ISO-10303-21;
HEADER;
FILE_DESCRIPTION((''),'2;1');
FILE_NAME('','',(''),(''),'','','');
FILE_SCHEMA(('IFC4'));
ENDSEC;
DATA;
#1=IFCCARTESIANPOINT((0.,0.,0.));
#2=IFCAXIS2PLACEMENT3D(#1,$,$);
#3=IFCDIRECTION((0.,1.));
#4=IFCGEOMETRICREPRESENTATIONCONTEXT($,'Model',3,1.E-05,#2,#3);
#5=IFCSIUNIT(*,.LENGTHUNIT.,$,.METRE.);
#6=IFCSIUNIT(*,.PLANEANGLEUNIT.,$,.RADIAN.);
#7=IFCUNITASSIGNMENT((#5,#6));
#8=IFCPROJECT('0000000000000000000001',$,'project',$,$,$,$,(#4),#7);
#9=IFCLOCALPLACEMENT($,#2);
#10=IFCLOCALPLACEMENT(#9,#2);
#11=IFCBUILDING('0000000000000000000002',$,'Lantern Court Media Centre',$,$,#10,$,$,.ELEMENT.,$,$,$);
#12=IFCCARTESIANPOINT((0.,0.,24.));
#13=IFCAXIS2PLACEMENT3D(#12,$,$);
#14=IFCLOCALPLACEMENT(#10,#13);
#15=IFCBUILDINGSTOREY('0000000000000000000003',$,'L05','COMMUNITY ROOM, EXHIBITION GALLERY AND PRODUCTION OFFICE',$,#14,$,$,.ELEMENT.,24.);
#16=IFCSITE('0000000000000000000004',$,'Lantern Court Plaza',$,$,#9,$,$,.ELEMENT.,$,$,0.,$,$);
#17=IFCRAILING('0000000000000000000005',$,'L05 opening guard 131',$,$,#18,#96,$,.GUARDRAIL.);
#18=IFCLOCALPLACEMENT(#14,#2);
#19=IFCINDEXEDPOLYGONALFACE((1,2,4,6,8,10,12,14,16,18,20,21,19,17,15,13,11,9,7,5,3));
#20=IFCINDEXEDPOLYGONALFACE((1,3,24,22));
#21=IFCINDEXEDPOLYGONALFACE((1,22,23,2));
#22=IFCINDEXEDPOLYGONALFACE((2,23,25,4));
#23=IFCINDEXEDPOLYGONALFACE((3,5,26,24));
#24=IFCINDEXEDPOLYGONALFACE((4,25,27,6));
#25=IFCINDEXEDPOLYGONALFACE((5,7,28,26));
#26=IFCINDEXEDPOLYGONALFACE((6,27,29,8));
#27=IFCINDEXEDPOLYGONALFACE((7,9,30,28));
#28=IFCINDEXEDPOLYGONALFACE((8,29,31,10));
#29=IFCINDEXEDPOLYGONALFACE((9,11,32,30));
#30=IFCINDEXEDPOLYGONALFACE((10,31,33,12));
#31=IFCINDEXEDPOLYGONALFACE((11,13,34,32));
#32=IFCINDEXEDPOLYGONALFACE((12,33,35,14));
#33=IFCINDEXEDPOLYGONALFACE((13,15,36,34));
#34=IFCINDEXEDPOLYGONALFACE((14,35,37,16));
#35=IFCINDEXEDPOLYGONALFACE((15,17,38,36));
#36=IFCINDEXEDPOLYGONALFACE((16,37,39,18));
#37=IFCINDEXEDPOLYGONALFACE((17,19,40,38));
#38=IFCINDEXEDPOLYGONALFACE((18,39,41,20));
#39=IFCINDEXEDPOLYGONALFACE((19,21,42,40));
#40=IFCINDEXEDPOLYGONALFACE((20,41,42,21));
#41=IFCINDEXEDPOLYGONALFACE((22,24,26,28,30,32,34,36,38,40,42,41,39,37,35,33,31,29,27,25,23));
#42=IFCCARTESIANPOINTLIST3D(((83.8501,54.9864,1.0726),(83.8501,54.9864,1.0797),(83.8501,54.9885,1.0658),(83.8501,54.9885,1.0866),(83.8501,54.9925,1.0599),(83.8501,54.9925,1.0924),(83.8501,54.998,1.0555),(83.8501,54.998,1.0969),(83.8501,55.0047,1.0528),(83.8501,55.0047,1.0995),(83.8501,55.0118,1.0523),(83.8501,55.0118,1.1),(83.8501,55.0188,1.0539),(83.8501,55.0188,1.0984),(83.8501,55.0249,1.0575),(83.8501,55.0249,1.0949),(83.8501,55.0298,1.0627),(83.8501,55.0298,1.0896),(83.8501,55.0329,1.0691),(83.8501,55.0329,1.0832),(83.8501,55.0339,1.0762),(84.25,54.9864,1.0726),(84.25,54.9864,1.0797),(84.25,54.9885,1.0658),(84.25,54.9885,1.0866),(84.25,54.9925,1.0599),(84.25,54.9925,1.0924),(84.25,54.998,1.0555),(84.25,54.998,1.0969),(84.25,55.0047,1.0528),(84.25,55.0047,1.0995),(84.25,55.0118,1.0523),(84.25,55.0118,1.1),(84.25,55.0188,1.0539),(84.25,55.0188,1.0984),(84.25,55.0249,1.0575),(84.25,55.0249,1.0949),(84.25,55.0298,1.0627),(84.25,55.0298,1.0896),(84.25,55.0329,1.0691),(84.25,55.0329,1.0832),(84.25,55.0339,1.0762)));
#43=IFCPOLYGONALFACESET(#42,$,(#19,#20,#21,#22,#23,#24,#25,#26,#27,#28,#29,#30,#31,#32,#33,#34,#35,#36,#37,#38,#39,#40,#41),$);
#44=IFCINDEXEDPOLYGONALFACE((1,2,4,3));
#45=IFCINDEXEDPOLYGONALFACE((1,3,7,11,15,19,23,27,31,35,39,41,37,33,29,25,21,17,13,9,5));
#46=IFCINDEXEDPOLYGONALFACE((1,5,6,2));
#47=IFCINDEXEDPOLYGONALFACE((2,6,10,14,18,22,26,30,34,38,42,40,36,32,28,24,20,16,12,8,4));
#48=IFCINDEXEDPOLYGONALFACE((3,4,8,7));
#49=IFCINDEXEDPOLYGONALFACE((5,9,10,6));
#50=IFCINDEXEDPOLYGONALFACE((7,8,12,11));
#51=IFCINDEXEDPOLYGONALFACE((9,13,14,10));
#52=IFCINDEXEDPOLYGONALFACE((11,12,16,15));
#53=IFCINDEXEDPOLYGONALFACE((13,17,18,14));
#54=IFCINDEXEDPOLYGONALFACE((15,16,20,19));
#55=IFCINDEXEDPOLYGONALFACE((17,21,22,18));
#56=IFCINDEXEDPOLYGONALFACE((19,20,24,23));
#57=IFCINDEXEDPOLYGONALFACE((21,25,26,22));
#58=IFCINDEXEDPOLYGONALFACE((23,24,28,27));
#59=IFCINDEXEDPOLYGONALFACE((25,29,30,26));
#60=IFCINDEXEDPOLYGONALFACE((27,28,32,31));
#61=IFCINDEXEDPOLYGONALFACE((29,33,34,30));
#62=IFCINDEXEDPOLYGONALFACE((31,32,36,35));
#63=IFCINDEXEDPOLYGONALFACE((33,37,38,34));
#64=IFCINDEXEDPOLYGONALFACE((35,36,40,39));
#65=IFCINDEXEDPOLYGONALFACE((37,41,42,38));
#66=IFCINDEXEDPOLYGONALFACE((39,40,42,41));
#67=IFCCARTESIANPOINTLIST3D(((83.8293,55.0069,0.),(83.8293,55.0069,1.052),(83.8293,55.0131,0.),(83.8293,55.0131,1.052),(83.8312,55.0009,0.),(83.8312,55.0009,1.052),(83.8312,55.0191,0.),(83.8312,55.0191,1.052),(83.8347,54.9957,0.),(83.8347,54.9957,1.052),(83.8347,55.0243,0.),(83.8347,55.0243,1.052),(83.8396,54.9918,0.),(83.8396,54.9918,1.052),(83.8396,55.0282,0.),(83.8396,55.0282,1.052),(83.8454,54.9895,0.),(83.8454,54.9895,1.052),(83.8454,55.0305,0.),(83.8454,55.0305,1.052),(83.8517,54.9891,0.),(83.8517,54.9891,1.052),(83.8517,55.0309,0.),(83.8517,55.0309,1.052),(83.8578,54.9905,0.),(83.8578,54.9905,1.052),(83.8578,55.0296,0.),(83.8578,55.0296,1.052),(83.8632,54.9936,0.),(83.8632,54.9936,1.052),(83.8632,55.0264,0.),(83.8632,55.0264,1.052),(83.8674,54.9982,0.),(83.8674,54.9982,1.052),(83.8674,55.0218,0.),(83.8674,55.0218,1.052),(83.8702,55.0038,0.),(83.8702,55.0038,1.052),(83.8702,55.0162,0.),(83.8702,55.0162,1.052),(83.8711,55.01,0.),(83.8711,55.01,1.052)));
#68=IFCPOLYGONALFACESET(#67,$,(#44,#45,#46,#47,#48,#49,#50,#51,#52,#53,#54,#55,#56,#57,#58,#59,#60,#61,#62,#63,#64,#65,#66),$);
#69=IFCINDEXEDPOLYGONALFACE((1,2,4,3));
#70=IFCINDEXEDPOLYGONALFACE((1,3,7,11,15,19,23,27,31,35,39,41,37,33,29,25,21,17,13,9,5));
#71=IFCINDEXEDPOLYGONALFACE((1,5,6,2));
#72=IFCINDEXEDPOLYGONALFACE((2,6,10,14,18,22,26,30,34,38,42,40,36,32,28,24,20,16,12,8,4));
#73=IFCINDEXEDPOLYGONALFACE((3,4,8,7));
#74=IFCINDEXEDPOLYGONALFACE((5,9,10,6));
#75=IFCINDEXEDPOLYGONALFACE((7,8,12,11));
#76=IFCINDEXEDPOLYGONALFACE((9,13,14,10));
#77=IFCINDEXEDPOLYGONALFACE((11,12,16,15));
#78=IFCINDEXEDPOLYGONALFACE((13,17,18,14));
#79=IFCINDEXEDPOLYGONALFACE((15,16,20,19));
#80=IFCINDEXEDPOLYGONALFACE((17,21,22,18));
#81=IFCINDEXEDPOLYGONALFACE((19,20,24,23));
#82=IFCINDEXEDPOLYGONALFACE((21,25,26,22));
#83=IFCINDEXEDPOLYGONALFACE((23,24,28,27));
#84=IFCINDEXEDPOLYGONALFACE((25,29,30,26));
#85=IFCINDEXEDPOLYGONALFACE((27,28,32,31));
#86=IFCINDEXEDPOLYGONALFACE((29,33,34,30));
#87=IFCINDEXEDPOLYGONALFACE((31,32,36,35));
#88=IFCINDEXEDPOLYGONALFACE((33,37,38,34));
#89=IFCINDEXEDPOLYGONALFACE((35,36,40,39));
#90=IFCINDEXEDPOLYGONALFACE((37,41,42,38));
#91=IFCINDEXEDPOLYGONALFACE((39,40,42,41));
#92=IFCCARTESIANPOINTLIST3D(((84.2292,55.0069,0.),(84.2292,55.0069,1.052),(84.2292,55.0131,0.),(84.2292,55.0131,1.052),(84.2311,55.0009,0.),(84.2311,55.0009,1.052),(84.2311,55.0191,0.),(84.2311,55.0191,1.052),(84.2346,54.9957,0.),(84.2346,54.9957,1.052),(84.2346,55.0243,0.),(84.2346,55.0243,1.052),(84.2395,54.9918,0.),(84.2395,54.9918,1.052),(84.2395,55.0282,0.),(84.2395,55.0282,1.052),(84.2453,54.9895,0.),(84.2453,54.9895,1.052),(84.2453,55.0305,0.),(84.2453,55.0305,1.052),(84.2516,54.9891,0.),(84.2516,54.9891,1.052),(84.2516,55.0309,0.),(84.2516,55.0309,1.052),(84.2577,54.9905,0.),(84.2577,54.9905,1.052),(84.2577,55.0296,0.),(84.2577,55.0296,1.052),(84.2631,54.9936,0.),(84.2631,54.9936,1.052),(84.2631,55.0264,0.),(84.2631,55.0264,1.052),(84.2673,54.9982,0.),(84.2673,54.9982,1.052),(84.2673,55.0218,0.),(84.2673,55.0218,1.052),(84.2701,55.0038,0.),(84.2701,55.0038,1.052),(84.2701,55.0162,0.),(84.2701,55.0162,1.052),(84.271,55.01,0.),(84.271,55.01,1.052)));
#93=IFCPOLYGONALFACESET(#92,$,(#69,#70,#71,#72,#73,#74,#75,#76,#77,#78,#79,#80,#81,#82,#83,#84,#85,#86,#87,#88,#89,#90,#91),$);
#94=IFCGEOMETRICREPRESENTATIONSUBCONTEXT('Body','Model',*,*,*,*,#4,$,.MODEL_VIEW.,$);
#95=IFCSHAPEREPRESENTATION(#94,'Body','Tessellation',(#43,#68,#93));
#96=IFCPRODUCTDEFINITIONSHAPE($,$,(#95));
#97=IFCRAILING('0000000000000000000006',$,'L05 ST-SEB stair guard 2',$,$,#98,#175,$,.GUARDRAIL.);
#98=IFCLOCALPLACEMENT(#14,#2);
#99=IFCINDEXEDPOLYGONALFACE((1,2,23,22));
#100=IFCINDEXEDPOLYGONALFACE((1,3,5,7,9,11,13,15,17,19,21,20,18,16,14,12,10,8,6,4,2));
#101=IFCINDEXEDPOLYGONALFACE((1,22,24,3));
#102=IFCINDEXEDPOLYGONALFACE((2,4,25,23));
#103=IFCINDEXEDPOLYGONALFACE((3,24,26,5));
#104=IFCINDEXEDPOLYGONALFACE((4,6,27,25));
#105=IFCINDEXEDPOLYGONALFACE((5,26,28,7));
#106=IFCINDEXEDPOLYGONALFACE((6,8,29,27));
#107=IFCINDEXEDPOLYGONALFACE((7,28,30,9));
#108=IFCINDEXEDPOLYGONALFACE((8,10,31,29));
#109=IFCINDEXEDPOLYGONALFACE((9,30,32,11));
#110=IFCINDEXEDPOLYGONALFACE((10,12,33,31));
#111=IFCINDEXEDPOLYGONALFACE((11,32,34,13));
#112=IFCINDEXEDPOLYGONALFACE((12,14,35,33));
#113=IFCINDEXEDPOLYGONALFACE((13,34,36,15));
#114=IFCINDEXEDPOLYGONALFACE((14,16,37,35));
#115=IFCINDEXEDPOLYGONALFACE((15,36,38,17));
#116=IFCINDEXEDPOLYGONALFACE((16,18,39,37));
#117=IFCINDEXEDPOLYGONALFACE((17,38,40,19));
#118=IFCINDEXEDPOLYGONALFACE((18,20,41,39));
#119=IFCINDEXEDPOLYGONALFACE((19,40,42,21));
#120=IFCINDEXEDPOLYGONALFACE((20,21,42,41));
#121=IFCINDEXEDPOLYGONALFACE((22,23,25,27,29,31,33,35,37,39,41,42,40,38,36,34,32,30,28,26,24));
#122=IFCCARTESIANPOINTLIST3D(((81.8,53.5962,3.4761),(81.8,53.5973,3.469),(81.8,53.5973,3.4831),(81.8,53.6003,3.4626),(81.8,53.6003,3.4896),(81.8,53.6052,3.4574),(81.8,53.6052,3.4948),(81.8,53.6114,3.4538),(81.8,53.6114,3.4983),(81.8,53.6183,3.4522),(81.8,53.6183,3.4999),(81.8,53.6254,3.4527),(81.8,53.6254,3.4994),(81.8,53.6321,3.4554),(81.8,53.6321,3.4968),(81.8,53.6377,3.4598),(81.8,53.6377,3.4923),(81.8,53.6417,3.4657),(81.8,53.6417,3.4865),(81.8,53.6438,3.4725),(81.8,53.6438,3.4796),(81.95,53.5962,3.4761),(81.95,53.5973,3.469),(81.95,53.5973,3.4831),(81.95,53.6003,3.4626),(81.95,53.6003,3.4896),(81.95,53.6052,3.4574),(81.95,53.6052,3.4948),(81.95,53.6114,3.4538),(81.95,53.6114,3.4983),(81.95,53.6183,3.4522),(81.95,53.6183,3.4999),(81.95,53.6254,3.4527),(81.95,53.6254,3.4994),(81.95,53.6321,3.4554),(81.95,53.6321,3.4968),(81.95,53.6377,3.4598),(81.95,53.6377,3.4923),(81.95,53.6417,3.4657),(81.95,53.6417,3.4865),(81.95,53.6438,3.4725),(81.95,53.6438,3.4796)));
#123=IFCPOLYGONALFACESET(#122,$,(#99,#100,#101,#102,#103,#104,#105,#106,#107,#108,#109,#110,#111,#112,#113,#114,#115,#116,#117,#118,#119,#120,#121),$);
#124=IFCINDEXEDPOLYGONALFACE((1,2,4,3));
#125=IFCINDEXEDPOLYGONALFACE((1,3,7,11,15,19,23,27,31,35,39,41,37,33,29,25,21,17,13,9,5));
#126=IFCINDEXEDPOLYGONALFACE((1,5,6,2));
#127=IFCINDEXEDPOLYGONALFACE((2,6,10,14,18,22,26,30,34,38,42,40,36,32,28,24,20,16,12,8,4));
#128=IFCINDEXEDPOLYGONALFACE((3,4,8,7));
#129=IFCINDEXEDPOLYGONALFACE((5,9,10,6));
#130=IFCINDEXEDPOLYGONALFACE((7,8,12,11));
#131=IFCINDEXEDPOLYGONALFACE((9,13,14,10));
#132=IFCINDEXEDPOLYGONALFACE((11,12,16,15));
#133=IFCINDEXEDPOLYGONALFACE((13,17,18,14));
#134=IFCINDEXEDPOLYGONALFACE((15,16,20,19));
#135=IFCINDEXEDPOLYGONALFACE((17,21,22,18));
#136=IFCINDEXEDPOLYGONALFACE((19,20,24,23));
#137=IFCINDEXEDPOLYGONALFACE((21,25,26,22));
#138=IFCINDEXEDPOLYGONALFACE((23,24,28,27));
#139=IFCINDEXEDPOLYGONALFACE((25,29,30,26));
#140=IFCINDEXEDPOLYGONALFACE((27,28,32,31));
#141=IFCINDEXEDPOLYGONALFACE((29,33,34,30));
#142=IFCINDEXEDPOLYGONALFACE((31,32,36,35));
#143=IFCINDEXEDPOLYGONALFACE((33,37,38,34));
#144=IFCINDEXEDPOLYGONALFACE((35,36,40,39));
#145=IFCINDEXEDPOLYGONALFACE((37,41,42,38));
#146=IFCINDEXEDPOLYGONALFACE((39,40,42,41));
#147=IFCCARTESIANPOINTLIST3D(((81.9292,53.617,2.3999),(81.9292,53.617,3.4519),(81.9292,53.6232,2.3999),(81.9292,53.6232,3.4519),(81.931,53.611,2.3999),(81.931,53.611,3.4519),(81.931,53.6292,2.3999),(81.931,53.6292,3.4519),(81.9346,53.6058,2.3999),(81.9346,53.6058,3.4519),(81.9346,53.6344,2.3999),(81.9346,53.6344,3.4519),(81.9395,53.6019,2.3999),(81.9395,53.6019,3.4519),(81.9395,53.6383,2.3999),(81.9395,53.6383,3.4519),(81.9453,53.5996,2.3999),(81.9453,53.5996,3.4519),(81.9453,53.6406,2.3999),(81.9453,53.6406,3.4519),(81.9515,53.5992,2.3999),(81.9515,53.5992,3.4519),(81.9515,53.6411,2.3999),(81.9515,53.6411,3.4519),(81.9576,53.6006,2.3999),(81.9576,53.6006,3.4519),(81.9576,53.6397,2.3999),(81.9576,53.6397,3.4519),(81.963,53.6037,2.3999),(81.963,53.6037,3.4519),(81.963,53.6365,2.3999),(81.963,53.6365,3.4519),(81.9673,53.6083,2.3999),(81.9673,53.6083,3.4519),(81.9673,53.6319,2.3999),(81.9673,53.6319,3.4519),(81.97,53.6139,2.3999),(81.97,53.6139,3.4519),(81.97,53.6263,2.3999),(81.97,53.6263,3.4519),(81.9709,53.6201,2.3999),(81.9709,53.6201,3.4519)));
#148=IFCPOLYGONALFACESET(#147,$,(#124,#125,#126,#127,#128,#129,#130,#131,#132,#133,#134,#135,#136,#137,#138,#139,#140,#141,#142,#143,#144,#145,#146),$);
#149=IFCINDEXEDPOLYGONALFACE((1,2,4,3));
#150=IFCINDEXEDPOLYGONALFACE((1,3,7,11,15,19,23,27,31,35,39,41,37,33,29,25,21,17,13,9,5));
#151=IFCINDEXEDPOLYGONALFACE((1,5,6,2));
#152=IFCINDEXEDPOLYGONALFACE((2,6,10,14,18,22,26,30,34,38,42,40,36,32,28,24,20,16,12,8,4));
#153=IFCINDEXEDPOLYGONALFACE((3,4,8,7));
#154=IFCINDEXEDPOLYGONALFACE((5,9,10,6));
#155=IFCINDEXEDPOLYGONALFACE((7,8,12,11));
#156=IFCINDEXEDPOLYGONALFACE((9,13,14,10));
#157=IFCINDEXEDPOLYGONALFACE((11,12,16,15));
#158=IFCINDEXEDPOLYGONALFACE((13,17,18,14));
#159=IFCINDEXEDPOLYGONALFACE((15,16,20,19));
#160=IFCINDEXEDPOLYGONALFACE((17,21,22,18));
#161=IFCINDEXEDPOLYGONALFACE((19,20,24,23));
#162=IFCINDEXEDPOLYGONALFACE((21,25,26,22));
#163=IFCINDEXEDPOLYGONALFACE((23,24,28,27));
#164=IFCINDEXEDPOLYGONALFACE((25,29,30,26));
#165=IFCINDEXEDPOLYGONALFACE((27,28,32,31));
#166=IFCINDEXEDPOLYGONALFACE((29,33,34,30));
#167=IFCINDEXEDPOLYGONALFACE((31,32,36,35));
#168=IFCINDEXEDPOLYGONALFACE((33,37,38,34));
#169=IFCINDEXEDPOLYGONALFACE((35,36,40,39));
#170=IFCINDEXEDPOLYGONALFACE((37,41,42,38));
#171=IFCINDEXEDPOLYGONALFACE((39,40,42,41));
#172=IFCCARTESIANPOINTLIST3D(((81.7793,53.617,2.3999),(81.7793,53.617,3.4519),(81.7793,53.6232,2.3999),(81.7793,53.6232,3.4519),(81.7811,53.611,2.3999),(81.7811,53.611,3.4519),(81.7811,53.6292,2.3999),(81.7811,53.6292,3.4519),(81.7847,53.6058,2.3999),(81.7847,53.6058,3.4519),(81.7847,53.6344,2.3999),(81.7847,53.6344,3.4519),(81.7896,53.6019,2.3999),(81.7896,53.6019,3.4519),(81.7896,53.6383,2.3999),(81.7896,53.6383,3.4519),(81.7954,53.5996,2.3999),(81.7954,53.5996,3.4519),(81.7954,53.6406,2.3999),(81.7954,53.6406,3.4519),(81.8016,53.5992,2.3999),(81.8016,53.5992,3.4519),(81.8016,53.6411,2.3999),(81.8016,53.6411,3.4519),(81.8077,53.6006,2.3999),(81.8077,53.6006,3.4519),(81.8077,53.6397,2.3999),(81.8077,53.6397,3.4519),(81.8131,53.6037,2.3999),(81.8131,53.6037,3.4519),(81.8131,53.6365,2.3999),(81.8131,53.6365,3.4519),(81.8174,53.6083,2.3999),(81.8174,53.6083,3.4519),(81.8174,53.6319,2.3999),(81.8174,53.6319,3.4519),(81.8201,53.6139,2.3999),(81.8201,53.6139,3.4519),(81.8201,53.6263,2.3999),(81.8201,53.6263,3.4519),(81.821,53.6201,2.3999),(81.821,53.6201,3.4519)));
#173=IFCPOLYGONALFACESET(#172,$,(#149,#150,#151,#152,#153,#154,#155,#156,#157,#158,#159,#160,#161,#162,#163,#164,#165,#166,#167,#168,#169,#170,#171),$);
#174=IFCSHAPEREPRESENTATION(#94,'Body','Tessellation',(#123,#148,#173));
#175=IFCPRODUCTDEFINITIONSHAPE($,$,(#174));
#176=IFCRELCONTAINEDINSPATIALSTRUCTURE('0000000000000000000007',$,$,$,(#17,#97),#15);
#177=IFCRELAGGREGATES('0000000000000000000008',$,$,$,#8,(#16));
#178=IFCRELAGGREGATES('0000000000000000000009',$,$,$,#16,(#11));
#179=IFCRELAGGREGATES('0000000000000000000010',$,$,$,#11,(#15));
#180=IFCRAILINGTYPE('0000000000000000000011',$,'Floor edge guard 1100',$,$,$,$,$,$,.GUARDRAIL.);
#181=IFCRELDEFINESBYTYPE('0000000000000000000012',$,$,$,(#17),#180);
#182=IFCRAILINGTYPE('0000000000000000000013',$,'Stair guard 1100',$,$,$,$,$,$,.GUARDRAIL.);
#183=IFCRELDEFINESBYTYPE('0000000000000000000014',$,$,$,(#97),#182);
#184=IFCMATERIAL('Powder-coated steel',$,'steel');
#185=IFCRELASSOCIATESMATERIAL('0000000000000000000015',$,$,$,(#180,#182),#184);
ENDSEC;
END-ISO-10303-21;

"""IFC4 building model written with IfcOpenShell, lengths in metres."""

from ifc_helpers import new_model, si_unit, direction, frame, origin, origin_2d, place, context, subcontext, project, spatial, circle, extrude, material, type_object, element, save


model = new_model("IFC4")

# Units and contexts
model_context = context("Model", 3, precision=1e-05, world=origin(), true_north=direction((0.0, 1.0)))
body_context = subcontext(model_context, "Body", "Model", "MODEL_VIEW")
ifc_project = project(units=[si_unit("LENGTHUNIT", "METRE"), si_unit("PLANEANGLEUNIT", "RADIAN")], contexts=[model_context])

# Site, building, storey
site_placement = place(None, origin())
site = spatial("IfcSite", under=ifc_project, at=site_placement, Name="Lantern Court Plaza", CompositionType="ELEMENT", RefElevation=0.0)
building_placement = place(site_placement, origin())
building = spatial("IfcBuilding", under=site, at=building_placement, Name="Lantern Court Media Centre", CompositionType="ELEMENT")
storey_placement = place(building_placement, frame((0.0, 0.0, 24.0)))
storey = spatial("IfcBuildingStorey", under=building, at=storey_placement, Name="L05", Description="COMMUNITY ROOM, EXHIBITION GALLERY AND PRODUCTION OFFICE", CompositionType="ELEMENT", Elevation=24.0)

# Railings
ifc_material_1 = material(Name="Powder-coated steel", Category="steel")
railing_type_1 = type_object("IfcRailingType", Name="Floor edge guard 1100", PredefinedType="GUARDRAIL", material=ifc_material_1)
railing_1_placement = place(storey_placement, frame((83.8501, 55.01, 0.0)))
element("IfcRailing", 1, at=railing_1_placement, inside=storey, type_object=railing_type_1, Name="L05 opening guard 131", PredefinedType="GUARDRAIL", context=body_context, shape_type="SweptSolid", body=[
    extrude(circle(Radius=0.0239, at=origin_2d()), frame((0.0, 0.0, 1.0762), z_axis=(1.0, 0.0, 0.0), x_axis=(0.0, 1.0, 0.0)), (0.0, 0.0, 1.0), 0.3999),
    extrude(circle(Radius=0.021, at=origin_2d()), origin(), (0.0, 0.0, 1.0), 1.052),
    extrude(circle(Radius=0.021, at=origin_2d()), frame((0.3999, 0.0, 0.0)), (0.0, 0.0, 1.0), 1.052),
])
railing_type_2 = type_object("IfcRailingType", Name="Stair guard 1100", PredefinedType="GUARDRAIL", material=ifc_material_1)
railing_2_placement = place(storey_placement, frame((81.95, 53.6201, 2.3999)))
element("IfcRailing", 2, at=railing_2_placement, inside=storey, type_object=railing_type_2, Name="L05 ST-SEB stair guard 2", PredefinedType="GUARDRAIL", context=body_context, shape_type="SweptSolid", body=[
    extrude(circle(Radius=0.0239, at=origin_2d()), frame((0.0, 0.0, 1.0762), z_axis=(-1.0, 0.0, 0.0), x_axis=(0.0, -1.0, 0.0)), (0.0, 0.0, 1.0), 0.1499),
    extrude(circle(Radius=0.021, at=origin_2d()), origin(), (0.0, 0.0, 1.0), 1.052),
    extrude(circle(Radius=0.021, at=origin_2d()), frame((-0.1499, 0.0, 0.0)), (0.0, 0.0, 1.0), 1.052),
])

save(model, "model.ifc")
